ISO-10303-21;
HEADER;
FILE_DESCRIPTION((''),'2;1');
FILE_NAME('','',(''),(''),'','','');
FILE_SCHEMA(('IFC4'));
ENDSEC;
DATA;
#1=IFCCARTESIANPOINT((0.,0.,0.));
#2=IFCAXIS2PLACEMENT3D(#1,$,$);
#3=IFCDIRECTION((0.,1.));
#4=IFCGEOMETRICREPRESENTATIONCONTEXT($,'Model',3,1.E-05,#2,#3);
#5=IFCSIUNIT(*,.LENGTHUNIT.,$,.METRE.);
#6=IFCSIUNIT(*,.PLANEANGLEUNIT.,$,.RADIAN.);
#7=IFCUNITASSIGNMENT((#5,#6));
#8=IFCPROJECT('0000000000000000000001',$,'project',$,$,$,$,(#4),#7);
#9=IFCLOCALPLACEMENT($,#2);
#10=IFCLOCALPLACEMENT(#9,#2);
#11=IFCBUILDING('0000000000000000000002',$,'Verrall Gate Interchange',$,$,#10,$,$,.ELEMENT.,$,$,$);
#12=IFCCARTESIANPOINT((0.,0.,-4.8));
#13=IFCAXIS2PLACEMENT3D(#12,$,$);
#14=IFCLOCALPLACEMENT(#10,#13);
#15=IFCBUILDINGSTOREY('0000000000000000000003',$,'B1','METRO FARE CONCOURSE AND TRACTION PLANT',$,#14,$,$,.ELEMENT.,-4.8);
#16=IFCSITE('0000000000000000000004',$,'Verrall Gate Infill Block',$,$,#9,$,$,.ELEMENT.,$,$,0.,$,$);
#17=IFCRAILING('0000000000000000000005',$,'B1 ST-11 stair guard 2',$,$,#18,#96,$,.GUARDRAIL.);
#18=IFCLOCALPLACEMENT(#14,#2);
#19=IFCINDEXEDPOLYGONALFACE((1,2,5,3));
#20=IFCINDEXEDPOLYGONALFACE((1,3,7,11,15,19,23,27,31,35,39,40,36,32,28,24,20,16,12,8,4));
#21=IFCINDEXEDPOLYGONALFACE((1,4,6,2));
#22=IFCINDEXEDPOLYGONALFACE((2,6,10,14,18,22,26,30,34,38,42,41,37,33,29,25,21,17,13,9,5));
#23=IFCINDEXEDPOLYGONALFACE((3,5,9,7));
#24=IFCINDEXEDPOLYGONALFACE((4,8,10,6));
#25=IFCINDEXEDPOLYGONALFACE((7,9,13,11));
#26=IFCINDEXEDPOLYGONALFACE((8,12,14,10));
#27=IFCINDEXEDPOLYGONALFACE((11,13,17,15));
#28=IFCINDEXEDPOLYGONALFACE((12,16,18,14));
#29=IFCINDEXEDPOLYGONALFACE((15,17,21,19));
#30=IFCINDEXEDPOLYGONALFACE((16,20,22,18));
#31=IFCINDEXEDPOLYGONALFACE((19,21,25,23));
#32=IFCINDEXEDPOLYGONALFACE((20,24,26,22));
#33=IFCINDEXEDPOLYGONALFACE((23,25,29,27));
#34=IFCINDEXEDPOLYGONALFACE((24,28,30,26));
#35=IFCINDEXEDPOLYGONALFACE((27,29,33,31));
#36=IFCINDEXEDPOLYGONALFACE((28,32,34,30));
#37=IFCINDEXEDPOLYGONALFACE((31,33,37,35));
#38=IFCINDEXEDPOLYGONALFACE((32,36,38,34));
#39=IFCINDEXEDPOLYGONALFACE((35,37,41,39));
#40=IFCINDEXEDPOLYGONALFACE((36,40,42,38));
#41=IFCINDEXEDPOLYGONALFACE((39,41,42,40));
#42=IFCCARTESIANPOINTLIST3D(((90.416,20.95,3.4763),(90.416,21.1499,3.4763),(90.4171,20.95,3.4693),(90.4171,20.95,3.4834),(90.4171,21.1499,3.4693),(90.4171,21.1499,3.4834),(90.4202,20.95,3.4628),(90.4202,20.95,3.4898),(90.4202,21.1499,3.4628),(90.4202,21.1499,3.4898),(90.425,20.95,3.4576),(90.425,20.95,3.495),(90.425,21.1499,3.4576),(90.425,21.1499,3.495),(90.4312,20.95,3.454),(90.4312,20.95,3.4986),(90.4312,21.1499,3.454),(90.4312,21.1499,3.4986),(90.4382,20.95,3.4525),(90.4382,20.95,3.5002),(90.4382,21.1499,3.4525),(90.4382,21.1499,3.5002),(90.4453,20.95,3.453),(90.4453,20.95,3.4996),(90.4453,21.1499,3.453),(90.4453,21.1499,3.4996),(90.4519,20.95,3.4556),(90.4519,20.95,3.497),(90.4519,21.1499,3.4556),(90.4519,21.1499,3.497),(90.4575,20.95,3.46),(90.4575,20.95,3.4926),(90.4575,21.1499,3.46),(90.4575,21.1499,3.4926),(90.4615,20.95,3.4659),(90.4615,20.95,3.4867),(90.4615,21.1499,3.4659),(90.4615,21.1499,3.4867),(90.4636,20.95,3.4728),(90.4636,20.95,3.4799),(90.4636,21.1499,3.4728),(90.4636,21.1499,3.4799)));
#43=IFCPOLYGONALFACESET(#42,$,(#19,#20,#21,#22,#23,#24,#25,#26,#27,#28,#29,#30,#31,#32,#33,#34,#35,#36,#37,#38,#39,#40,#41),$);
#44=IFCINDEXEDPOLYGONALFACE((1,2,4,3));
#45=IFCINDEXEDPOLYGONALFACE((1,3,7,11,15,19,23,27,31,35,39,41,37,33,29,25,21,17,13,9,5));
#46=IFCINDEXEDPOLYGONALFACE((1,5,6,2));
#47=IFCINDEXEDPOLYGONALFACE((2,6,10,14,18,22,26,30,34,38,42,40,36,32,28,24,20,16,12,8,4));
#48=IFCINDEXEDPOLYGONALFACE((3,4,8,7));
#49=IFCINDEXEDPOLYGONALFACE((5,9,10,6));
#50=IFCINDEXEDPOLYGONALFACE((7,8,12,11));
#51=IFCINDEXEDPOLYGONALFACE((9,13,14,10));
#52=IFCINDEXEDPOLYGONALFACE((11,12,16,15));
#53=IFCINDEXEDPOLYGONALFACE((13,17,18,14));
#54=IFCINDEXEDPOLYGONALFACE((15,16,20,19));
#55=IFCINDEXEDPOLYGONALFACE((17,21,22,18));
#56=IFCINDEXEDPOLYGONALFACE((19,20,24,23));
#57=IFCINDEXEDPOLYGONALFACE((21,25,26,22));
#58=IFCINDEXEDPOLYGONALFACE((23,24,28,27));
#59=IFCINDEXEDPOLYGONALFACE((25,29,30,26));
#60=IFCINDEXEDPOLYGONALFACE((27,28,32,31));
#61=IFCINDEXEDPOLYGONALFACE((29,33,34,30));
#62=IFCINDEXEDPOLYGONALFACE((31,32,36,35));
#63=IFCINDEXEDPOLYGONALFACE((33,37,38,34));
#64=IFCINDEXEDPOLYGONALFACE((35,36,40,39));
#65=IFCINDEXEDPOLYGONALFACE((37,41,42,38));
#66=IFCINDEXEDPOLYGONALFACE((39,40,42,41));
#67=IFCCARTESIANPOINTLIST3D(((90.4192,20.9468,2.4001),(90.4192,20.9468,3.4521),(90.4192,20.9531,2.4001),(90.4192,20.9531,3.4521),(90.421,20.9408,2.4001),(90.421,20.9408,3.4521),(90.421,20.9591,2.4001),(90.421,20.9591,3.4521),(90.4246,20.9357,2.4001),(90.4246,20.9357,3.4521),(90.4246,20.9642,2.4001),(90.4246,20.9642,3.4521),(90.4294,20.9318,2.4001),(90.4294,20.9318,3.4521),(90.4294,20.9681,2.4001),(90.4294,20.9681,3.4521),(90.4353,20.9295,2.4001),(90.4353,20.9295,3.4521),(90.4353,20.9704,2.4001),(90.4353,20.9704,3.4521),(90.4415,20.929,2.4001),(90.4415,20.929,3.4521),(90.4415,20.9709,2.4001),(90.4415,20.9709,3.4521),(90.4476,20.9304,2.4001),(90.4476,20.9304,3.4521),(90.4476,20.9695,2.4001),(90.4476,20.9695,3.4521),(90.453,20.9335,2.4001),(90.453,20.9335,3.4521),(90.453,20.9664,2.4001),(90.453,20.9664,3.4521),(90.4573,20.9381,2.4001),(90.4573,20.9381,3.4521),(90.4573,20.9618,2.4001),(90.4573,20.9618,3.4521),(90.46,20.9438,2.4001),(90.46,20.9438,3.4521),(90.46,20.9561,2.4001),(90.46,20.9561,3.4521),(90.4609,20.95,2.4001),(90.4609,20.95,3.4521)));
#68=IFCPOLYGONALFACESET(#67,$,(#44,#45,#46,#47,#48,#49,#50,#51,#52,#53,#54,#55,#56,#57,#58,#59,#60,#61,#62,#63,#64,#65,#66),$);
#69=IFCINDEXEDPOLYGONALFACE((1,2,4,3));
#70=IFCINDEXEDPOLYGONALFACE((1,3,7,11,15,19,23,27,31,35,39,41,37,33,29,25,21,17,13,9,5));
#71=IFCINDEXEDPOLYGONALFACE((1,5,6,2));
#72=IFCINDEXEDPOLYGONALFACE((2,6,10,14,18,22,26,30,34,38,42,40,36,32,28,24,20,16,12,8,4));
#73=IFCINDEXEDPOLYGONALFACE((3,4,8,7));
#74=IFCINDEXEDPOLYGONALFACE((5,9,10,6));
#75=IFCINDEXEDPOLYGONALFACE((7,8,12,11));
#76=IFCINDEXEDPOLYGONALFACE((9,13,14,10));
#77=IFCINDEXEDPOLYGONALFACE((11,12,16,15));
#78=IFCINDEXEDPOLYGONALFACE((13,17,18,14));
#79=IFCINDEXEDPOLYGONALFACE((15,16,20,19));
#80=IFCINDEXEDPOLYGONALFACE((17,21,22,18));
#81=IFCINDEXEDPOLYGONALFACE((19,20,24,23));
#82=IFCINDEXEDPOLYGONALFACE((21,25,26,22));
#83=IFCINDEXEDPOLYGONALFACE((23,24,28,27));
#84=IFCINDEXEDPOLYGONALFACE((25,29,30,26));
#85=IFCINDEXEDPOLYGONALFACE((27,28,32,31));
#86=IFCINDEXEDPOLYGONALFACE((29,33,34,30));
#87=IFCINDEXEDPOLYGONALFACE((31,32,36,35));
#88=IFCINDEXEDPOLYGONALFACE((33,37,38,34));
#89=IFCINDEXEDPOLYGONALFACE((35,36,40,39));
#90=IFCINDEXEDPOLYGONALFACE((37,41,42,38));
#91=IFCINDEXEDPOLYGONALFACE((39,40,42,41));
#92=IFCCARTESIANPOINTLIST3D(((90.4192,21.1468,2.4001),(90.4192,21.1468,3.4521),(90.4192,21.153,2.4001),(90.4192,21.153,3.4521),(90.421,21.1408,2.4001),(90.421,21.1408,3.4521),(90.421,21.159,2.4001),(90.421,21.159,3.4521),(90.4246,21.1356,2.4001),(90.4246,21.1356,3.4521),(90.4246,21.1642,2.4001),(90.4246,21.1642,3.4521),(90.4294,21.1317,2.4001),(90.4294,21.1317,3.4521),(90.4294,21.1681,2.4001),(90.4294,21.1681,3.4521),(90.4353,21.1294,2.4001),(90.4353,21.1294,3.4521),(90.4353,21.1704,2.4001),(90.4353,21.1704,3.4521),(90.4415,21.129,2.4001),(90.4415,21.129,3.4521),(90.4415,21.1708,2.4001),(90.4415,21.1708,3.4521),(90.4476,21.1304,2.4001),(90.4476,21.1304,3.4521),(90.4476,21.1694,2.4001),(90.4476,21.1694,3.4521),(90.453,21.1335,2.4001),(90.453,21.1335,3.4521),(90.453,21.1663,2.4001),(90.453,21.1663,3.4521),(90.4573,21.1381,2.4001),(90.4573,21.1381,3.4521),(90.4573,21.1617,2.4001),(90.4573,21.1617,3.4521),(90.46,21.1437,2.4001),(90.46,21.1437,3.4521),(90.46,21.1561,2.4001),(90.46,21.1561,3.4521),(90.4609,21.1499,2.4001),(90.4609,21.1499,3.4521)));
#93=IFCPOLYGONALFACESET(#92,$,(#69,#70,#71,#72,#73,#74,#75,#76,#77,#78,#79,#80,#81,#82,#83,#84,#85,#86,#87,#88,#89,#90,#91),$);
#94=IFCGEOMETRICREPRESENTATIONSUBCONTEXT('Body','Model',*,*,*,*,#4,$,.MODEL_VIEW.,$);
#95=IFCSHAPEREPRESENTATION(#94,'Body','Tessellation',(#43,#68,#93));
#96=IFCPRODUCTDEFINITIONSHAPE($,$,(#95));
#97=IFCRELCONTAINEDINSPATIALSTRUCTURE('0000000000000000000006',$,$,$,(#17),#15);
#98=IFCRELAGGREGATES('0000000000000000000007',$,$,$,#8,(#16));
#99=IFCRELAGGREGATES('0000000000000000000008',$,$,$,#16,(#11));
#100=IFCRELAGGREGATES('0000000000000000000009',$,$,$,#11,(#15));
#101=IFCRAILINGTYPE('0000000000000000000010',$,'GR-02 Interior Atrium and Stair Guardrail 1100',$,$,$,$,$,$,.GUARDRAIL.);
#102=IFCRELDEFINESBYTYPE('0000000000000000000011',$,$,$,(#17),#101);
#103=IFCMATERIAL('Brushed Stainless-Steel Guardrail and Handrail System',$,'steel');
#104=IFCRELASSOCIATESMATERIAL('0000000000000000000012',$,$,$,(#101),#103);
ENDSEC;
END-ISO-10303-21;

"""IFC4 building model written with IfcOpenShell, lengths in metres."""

from ifc_helpers import new_model, si_unit, direction, frame, origin, origin_2d, place, context, subcontext, project, spatial, circle, extrude, material, type_object, element, save


model = new_model("IFC4")

# Units and contexts
model_context = context("Model", 3, precision=1e-05, world=origin(), true_north=direction((0.0, 1.0)))
body_context = subcontext(model_context, "Body", "Model", "MODEL_VIEW")
ifc_project = project(units=[si_unit("LENGTHUNIT", "METRE"), si_unit("PLANEANGLEUNIT", "RADIAN")], contexts=[model_context])

# Site, building, storey
site_placement = place(None, origin())
site = spatial("IfcSite", under=ifc_project, at=site_placement, Name="Verrall Gate Infill Block", CompositionType="ELEMENT", RefElevation=0.0)
building_placement = place(site_placement, origin())
building = spatial("IfcBuilding", under=site, at=building_placement, Name="Verrall Gate Interchange", CompositionType="ELEMENT")
storey_placement = place(building_placement, frame((0.0, 0.0, -4.8)))
storey = spatial("IfcBuildingStorey", under=building, at=storey_placement, Name="B1", Description="METRO FARE CONCOURSE AND TRACTION PLANT", CompositionType="ELEMENT", Elevation=-4.8)

# Railing
ifc_material_1 = material(Name="Brushed Stainless-Steel Guardrail and Handrail System", Category="steel")
railing_type_1 = type_object("IfcRailingType", Name="GR-02 Interior Atrium and Stair Guardrail 1100", PredefinedType="GUARDRAIL", material=ifc_material_1)
railing_1_placement = place(storey_placement, frame((90.4399, 20.95, 2.4001)))
element("IfcRailing", 1, at=railing_1_placement, inside=storey, type_object=railing_type_1, Name="B1 ST-11 stair guard 2", PredefinedType="GUARDRAIL", context=body_context, shape_type="SweptSolid", body=[
    extrude(circle(Radius=0.0239, at=origin_2d()), frame((0.0, 0.0, 1.0762), z_axis=(0.0, 1.0, 0.0), x_axis=(-1.0, 0.0, 0.0)), (0.0, 0.0, 1.0), 0.2),
    extrude(circle(Radius=0.021, at=origin_2d()), origin(), (0.0, 0.0, 1.0), 1.052),
    extrude(circle(Radius=0.021, at=origin_2d()), frame((0.0, 0.2, 0.0)), (0.0, 0.0, 1.0), 1.052),
])

save(model, "model.ifc")
